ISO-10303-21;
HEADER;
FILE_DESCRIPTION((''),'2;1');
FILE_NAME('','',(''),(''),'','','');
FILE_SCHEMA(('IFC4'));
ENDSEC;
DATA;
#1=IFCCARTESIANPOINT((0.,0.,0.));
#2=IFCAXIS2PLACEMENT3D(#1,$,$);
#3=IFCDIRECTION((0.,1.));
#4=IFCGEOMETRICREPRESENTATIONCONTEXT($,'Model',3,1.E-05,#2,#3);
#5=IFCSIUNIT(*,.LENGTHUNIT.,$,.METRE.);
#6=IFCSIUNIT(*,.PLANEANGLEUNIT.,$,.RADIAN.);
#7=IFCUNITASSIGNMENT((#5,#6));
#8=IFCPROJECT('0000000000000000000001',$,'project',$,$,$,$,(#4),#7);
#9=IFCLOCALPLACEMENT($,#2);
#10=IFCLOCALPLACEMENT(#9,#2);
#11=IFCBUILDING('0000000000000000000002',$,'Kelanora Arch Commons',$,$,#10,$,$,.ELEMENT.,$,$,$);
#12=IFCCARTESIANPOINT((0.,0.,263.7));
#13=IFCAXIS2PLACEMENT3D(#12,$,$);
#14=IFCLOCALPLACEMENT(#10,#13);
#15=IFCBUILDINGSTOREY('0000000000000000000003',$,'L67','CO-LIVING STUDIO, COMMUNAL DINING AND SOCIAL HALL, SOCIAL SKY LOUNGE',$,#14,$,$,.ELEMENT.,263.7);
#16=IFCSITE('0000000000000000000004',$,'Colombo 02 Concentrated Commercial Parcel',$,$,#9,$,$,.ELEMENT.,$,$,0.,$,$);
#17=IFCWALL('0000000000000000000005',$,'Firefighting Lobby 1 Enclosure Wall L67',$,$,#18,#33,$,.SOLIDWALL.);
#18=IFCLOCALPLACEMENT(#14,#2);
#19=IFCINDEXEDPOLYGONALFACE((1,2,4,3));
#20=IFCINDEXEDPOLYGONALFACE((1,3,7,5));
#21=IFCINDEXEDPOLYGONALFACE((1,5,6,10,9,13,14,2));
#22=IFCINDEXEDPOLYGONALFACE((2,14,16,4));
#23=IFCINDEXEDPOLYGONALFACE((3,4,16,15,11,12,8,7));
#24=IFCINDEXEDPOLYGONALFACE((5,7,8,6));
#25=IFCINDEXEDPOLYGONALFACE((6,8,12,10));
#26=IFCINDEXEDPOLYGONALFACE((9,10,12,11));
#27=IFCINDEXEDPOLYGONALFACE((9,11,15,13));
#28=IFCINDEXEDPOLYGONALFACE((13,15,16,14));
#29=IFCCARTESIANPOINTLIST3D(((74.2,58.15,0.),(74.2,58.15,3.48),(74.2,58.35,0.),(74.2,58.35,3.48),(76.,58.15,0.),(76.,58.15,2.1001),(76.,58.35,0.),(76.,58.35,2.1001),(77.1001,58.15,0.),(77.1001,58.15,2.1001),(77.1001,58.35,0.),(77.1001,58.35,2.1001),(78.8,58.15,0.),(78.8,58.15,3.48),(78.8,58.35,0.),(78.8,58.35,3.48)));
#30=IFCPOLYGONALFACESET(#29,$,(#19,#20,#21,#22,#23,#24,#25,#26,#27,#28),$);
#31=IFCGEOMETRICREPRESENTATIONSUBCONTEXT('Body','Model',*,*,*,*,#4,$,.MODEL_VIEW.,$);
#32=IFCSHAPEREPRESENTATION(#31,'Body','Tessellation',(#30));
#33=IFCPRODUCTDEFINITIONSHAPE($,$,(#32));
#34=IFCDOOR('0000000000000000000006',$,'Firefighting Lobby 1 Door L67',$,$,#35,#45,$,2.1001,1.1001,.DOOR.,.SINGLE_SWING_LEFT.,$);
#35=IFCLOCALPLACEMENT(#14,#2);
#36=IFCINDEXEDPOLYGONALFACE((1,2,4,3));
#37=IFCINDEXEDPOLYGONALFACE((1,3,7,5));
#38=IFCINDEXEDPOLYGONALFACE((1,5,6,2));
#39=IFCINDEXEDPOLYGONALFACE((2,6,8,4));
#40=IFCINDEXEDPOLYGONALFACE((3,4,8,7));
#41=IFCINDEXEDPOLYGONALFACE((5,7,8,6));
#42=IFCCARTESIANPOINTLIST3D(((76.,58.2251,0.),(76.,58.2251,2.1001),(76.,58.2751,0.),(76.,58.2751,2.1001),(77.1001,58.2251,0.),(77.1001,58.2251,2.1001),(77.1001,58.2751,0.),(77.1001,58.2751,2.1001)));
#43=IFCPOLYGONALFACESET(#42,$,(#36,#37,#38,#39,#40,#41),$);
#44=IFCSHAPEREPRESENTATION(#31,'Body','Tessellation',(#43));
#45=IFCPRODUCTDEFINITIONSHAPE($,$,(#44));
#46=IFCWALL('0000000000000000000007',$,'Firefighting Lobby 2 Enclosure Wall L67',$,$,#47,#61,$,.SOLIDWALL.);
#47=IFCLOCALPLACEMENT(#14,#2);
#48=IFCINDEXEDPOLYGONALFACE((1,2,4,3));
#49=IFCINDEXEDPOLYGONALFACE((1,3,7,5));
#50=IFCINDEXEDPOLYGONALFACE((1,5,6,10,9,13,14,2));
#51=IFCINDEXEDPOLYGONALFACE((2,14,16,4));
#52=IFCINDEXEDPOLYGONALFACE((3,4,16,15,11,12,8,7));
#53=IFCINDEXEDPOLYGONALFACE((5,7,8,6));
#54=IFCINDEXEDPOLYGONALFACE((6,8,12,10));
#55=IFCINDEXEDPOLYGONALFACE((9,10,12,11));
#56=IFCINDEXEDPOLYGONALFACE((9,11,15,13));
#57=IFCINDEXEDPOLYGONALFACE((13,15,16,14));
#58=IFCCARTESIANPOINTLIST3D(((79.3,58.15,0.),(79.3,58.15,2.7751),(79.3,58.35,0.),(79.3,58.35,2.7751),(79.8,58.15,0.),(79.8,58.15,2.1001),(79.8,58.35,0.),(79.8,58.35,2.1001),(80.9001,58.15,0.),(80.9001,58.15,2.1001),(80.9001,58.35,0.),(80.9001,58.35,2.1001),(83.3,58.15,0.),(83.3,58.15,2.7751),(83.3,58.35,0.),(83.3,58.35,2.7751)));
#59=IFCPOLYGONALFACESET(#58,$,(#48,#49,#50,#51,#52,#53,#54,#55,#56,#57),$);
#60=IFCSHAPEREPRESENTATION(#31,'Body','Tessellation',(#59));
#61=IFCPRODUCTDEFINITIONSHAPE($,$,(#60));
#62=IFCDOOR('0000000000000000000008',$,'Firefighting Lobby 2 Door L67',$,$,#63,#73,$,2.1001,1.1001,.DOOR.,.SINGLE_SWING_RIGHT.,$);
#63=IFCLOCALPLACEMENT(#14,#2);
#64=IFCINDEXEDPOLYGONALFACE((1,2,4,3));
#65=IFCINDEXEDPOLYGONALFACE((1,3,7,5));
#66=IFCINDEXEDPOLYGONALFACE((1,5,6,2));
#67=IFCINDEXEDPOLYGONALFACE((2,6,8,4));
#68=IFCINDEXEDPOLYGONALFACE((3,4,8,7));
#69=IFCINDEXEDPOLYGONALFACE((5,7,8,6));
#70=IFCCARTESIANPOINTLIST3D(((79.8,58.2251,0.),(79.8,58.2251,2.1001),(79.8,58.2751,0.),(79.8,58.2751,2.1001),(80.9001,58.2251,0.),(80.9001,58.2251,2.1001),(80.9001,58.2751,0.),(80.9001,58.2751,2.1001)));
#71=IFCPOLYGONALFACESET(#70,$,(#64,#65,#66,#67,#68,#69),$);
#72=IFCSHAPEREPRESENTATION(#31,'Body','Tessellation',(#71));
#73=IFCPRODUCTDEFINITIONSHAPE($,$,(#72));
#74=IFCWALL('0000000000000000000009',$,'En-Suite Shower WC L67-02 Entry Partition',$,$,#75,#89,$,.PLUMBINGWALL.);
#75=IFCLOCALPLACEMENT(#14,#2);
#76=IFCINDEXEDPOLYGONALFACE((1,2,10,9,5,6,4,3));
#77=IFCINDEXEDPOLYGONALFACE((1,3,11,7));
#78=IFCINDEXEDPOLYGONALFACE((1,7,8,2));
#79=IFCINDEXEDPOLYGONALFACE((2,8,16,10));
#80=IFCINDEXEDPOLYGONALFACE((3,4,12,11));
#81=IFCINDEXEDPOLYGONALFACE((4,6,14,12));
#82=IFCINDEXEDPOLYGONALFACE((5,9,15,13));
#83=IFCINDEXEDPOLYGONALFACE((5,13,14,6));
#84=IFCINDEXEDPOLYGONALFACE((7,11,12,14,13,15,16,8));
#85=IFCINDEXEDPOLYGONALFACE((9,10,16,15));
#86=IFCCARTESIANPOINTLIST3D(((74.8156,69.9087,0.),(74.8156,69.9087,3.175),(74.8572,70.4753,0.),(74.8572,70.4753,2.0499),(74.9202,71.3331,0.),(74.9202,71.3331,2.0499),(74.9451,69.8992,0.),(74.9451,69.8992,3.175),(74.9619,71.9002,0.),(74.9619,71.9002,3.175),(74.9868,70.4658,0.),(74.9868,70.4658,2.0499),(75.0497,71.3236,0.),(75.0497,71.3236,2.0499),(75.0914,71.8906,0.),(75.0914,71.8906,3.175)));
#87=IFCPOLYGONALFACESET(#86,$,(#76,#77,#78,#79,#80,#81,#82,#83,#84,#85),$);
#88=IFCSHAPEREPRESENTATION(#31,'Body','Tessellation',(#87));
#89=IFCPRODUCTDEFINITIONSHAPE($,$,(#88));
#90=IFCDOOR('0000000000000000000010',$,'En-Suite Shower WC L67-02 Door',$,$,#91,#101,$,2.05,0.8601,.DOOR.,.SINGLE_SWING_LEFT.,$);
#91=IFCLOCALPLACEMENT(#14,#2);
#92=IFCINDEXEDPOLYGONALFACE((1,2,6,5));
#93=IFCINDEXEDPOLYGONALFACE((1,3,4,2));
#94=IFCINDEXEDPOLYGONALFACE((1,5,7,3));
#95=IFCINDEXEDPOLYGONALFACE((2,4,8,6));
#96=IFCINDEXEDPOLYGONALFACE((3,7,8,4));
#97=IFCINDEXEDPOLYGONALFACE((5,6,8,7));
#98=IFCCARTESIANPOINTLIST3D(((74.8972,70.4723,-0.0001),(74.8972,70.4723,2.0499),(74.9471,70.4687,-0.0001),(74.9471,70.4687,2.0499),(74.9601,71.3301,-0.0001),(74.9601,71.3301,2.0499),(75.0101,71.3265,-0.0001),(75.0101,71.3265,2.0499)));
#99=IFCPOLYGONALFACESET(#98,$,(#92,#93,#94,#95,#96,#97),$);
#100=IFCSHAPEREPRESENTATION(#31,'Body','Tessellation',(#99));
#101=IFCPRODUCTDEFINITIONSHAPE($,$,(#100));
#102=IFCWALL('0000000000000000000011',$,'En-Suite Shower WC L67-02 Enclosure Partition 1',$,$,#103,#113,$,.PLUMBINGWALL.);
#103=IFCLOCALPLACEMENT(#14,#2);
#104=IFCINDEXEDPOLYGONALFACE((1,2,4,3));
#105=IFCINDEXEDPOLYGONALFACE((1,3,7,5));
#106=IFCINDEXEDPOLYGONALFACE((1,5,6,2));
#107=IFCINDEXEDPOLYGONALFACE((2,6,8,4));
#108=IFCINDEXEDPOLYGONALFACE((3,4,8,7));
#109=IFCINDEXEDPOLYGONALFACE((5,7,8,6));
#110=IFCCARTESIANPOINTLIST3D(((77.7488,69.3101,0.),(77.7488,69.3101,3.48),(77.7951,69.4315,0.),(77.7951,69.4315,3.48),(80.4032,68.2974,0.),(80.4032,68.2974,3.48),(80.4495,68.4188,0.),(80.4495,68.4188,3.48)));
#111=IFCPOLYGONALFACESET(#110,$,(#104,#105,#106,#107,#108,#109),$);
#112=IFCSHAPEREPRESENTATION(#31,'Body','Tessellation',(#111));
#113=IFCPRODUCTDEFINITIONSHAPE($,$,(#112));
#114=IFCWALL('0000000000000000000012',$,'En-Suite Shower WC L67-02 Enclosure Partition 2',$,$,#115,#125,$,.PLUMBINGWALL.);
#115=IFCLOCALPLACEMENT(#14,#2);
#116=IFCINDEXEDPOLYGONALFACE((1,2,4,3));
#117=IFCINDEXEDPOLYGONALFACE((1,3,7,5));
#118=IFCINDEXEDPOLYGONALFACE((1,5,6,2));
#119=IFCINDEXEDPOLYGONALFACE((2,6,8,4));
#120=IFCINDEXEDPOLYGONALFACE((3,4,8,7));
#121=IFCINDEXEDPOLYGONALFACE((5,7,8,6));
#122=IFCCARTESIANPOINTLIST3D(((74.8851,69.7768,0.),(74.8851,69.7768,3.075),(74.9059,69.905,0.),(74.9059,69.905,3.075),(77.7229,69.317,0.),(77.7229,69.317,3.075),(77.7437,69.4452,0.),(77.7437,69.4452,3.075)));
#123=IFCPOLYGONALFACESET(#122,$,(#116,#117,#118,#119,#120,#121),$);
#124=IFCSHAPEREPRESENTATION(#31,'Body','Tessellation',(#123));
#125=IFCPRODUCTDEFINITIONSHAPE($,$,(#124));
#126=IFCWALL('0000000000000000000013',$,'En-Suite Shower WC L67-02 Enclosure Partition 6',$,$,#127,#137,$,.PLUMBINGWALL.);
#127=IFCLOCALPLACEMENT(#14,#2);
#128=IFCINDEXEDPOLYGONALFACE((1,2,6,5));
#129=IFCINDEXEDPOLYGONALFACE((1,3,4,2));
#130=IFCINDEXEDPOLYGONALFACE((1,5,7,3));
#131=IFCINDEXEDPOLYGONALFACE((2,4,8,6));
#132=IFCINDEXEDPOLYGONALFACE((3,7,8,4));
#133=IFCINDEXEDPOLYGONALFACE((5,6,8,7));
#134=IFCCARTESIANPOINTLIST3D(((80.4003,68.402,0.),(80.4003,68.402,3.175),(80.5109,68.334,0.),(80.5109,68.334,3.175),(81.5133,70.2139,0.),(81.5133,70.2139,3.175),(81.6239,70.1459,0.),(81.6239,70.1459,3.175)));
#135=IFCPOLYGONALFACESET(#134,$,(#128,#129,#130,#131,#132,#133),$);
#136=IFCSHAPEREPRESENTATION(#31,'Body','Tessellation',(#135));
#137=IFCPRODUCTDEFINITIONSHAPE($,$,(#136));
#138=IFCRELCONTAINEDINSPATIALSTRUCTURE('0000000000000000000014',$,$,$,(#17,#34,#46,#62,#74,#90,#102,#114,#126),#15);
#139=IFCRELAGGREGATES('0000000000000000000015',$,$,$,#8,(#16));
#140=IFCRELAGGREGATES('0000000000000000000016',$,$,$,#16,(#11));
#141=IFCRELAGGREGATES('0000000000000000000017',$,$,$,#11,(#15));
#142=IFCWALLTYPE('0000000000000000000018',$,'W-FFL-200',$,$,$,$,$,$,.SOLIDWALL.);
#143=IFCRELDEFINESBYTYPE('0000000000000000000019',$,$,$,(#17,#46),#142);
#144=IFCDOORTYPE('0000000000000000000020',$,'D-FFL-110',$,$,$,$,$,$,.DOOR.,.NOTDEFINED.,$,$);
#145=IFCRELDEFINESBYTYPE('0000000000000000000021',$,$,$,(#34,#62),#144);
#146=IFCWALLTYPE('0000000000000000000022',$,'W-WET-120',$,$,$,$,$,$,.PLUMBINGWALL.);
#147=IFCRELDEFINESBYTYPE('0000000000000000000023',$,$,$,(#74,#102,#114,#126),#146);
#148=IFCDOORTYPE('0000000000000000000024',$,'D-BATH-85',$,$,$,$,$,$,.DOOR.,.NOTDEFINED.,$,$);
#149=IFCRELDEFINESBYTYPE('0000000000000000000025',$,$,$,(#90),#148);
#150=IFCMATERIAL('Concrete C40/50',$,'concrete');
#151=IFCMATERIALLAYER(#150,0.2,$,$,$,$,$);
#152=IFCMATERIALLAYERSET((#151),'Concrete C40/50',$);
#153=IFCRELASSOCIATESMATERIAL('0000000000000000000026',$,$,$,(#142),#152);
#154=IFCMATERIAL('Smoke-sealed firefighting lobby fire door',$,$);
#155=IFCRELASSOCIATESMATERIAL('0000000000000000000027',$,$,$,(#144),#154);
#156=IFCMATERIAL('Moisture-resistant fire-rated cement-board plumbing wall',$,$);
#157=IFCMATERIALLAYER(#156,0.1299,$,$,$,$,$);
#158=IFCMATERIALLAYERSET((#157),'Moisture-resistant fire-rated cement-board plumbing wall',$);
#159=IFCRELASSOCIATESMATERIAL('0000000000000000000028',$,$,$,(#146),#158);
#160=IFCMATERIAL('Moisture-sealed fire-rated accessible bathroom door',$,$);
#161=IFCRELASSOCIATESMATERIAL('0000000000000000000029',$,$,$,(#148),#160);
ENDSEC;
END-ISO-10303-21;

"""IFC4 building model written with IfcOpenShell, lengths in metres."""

from ifc_helpers import new_model, si_unit, direction, frame, frame_2d, origin, place, context, subcontext, project, spatial, rectangle, extrude, material, layer, layer_set, type_object, element, fill, save


model = new_model("IFC4")

# Units and contexts
model_context = context("Model", 3, precision=1e-05, world=origin(), true_north=direction((0.0, 1.0)))
body_context = subcontext(model_context, "Body", "Model", "MODEL_VIEW")
ifc_project = project(units=[si_unit("LENGTHUNIT", "METRE"), si_unit("PLANEANGLEUNIT", "RADIAN")], contexts=[model_context])

# Site, building, storey
site_placement = place(None, origin())
site = spatial("IfcSite", under=ifc_project, at=site_placement, Name="Colombo 02 Concentrated Commercial Parcel", CompositionType="ELEMENT", RefElevation=0.0)
building_placement = place(site_placement, origin())
building = spatial("IfcBuilding", under=site, at=building_placement, Name="Kelanora Arch Commons", CompositionType="ELEMENT")
storey_placement = place(building_placement, frame((0.0, 0.0, 263.7)))
storey = spatial("IfcBuildingStorey", under=building, at=storey_placement, Name="L67", Description="CO-LIVING STUDIO, COMMUNAL DINING AND SOCIAL HALL, SOCIAL SKY LOUNGE", CompositionType="ELEMENT", Elevation=263.7)

# Walls, openings, doors
ifc_material_1 = material(Name="Concrete C40/50", Category="concrete")
ifc_layer_1 = layer(ifc_material_1, 0.2)
ifc_layer_set_1 = layer_set([ifc_layer_1], Name="Concrete C40/50")
wall_type_1 = type_object("IfcWallType", Name="W-FFL-200", PredefinedType="SOLIDWALL", material=ifc_layer_set_1)
wall_1_placement = place(storey_placement, frame((74.2, 58.25, 0.0), z_axis=(0.0, 0.0, 1.0), x_axis=(1.0, 0.0, 0.0)))
wall_1 = element("IfcWall", 1, at=wall_1_placement, inside=storey, type_object=wall_type_1, Name="Firefighting Lobby 1 Enclosure Wall L67", PredefinedType="SOLIDWALL", context=body_context, shape_type="SweptSolid", body=[
    extrude(rectangle(XDim=4.6001, YDim=0.2, at=frame_2d((2.3, 0.0))), origin(), (0.0, 0.0, 1.0), 3.48),
])
opening_1_placement = place(wall_1_placement, frame((1.8, 0.0, 0.0)))
opening_1 = element("IfcOpeningElement", 2, at=opening_1_placement, cuts=wall_1, PredefinedType="OPENING", context=body_context, shape_type="SweptSolid", body=[
    extrude(rectangle(XDim=1.1001, YDim=2.1001, at=frame_2d((0.55, 1.05))), frame((0.0, 0.1099, 0.0), z_axis=(0.0, -1.0, 0.0), x_axis=(1.0, 0.0, 0.0)), (0.0, 0.0, 1.0), 0.22),
])
ifc_material_2 = material(Name="Smoke-sealed firefighting lobby fire door")
door_type_1 = type_object("IfcDoorType", Name="D-FFL-110", OperationType="NOTDEFINED", PredefinedType="DOOR", material=ifc_material_2)
door_1_placement = place(opening_1_placement, frame((1.1001, 0.0, 0.0), z_axis=(0.0, 0.0, 1.0), x_axis=(-1.0, 0.0, 0.0)))
door_1 = element("IfcDoor", 3, at=door_1_placement, inside=storey, type_object=door_type_1, Name="Firefighting Lobby 1 Door L67", OperationType="SINGLE_SWING_LEFT", OverallHeight=2.1001, OverallWidth=1.1001, PredefinedType="DOOR", context=body_context, shape_type="SweptSolid", body=[
    extrude(rectangle(XDim=1.1001, YDim=2.1001, at=frame_2d((0.55, 1.05))), frame((0.0, 0.0249, 0.0), z_axis=(0.0, -1.0, 0.0), x_axis=(1.0, 0.0, 0.0)), (0.0, 0.0, 1.0), 0.05),
])
fill(opening_1, door_1)
wall_2_placement = place(storey_placement, frame((79.3, 58.25, 0.0), z_axis=(0.0, 0.0, 1.0), x_axis=(1.0, 0.0, 0.0)))
wall_2 = element("IfcWall", 4, at=wall_2_placement, inside=storey, type_object=wall_type_1, Name="Firefighting Lobby 2 Enclosure Wall L67", PredefinedType="SOLIDWALL", context=body_context, shape_type="SweptSolid", body=[
    extrude(rectangle(XDim=4.0, YDim=0.2, at=frame_2d((2.0, 0.0))), origin(), (0.0, 0.0, 1.0), 2.7751),
])
opening_2_placement = place(wall_2_placement, frame((0.5, 0.0, 0.0)))
opening_2 = element("IfcOpeningElement", 5, at=opening_2_placement, cuts=wall_2, PredefinedType="OPENING", context=body_context, shape_type="SweptSolid", body=[
    extrude(rectangle(XDim=1.1001, YDim=2.1001, at=frame_2d((0.55, 1.05))), frame((0.0, 0.1099, 0.0), z_axis=(0.0, -1.0, 0.0), x_axis=(1.0, 0.0, 0.0)), (0.0, 0.0, 1.0), 0.22),
])
door_2_placement = place(opening_2_placement, frame((1.1001, 0.0, 0.0), z_axis=(0.0, 0.0, 1.0), x_axis=(-1.0, 0.0, 0.0)))
door_2 = element("IfcDoor", 6, at=door_2_placement, inside=storey, type_object=door_type_1, Name="Firefighting Lobby 2 Door L67", OperationType="SINGLE_SWING_RIGHT", OverallHeight=2.1001, OverallWidth=1.1001, PredefinedType="DOOR", context=body_context, shape_type="SweptSolid", body=[
    extrude(rectangle(XDim=1.1001, YDim=2.1001, at=frame_2d((0.55, 1.05))), frame((0.0, 0.0249, 0.0), z_axis=(0.0, -1.0, 0.0), x_axis=(1.0, 0.0, 0.0)), (0.0, 0.0, 1.0), 0.05),
])
fill(opening_2, door_2)
ifc_material_3 = material(Name="Moisture-resistant fire-rated cement-board plumbing wall")
ifc_layer_2 = layer(ifc_material_3, 0.1299)
ifc_layer_set_2 = layer_set([ifc_layer_2], Name="Moisture-resistant fire-rated cement-board plumbing wall")
wall_type_2 = type_object("IfcWallType", Name="W-WET-120", PredefinedType="PLUMBINGWALL", material=ifc_layer_set_2)
wall_3_placement = place(storey_placement, frame((74.8804, 69.9038, 0.0), z_axis=(0.0, 0.0, 1.0), x_axis=(0.073237, 0.997315, 0.0)))
wall_3 = element("IfcWall", 7, at=wall_3_placement, inside=storey, type_object=wall_type_2, Name="En-Suite Shower WC L67-02 Entry Partition", PredefinedType="PLUMBINGWALL", context=body_context, shape_type="SweptSolid", body=[
    extrude(rectangle(XDim=1.9968, YDim=0.1299, at=frame_2d((0.9985, 0.0))), origin(), (0.0, 0.0, 1.0), 3.175),
])
opening_3_placement = place(wall_3_placement, frame((0.5681, 0.0, 0.0)))
opening_3 = element("IfcOpeningElement", 8, at=opening_3_placement, cuts=wall_3, PredefinedType="OPENING", context=body_context, shape_type="SweptSolid", body=[
    extrude(rectangle(XDim=0.8601, YDim=2.05, at=frame_2d((0.4302, 1.0249))), frame((0.0, 0.075, 0.0), z_axis=(0.0, -1.0, 0.0), x_axis=(1.0, 0.0, 0.0)), (0.0, 0.0, 1.0), 0.1499),
])
ifc_material_4 = material(Name="Moisture-sealed fire-rated accessible bathroom door")
door_type_2 = type_object("IfcDoorType", Name="D-BATH-85", OperationType="NOTDEFINED", PredefinedType="DOOR", material=ifc_material_4)
door_3_placement = place(opening_3_placement, origin())
door_3 = element("IfcDoor", 9, at=door_3_placement, inside=storey, type_object=door_type_2, Name="En-Suite Shower WC L67-02 Door", OperationType="SINGLE_SWING_LEFT", OverallHeight=2.05, OverallWidth=0.8601, PredefinedType="DOOR", context=body_context, shape_type="SweptSolid", body=[
    extrude(rectangle(XDim=0.8601, YDim=2.05, at=frame_2d((0.4302, 1.0249))), frame((0.0, 0.0249, 0.0), z_axis=(0.0, -1.0, 0.0), x_axis=(1.0, 0.0, 0.0)), (0.0, 0.0, 1.0), 0.05),
])
fill(opening_3, door_3)

# Walls
wall_4_placement = place(storey_placement, frame((80.4263, 68.3582, 0.0), z_axis=(0.0, 0.0, 1.0), x_axis=(-0.934319, 0.356438, 0.0)))
element("IfcWall", 10, at=wall_4_placement, inside=storey, type_object=wall_type_2, Name="En-Suite Shower WC L67-02 Enclosure Partition 1", PredefinedType="PLUMBINGWALL", context=body_context, shape_type="SweptSolid", body=[
    extrude(rectangle(XDim=2.8411, YDim=0.1299, at=frame_2d((1.4204, 0.0))), origin(), (0.0, 0.0, 1.0), 3.48),
])
wall_5_placement = place(storey_placement, frame((77.7334, 69.3811, 0.0), z_axis=(0.0, 0.0, 1.0), x_axis=(-0.98713, 0.159921, 0.0)))
element("IfcWall", 11, at=wall_5_placement, inside=storey, type_object=wall_type_2, Name="En-Suite Shower WC L67-02 Enclosure Partition 2", PredefinedType="PLUMBINGWALL", context=body_context, shape_type="SweptSolid", body=[
    extrude(rectangle(XDim=2.8748, YDim=0.1299, at=frame_2d((1.4375, 0.0))), origin(), (0.0, 0.0, 1.0), 3.075),
])
wall_6_placement = place(storey_placement, frame((81.5686, 70.1799, 0.0), z_axis=(0.0, 0.0, 1.0), x_axis=(-0.523399, -0.852088, 0.0)))
element("IfcWall", 12, at=wall_6_placement, inside=storey, type_object=wall_type_2, Name="En-Suite Shower WC L67-02 Enclosure Partition 6", PredefinedType="PLUMBINGWALL", context=body_context, shape_type="SweptSolid", body=[
    extrude(rectangle(XDim=2.1265, YDim=0.1299, at=frame_2d((1.0632, 0.0))), origin(), (0.0, 0.0, 1.0), 3.175),
])

save(model, "model.ifc")
